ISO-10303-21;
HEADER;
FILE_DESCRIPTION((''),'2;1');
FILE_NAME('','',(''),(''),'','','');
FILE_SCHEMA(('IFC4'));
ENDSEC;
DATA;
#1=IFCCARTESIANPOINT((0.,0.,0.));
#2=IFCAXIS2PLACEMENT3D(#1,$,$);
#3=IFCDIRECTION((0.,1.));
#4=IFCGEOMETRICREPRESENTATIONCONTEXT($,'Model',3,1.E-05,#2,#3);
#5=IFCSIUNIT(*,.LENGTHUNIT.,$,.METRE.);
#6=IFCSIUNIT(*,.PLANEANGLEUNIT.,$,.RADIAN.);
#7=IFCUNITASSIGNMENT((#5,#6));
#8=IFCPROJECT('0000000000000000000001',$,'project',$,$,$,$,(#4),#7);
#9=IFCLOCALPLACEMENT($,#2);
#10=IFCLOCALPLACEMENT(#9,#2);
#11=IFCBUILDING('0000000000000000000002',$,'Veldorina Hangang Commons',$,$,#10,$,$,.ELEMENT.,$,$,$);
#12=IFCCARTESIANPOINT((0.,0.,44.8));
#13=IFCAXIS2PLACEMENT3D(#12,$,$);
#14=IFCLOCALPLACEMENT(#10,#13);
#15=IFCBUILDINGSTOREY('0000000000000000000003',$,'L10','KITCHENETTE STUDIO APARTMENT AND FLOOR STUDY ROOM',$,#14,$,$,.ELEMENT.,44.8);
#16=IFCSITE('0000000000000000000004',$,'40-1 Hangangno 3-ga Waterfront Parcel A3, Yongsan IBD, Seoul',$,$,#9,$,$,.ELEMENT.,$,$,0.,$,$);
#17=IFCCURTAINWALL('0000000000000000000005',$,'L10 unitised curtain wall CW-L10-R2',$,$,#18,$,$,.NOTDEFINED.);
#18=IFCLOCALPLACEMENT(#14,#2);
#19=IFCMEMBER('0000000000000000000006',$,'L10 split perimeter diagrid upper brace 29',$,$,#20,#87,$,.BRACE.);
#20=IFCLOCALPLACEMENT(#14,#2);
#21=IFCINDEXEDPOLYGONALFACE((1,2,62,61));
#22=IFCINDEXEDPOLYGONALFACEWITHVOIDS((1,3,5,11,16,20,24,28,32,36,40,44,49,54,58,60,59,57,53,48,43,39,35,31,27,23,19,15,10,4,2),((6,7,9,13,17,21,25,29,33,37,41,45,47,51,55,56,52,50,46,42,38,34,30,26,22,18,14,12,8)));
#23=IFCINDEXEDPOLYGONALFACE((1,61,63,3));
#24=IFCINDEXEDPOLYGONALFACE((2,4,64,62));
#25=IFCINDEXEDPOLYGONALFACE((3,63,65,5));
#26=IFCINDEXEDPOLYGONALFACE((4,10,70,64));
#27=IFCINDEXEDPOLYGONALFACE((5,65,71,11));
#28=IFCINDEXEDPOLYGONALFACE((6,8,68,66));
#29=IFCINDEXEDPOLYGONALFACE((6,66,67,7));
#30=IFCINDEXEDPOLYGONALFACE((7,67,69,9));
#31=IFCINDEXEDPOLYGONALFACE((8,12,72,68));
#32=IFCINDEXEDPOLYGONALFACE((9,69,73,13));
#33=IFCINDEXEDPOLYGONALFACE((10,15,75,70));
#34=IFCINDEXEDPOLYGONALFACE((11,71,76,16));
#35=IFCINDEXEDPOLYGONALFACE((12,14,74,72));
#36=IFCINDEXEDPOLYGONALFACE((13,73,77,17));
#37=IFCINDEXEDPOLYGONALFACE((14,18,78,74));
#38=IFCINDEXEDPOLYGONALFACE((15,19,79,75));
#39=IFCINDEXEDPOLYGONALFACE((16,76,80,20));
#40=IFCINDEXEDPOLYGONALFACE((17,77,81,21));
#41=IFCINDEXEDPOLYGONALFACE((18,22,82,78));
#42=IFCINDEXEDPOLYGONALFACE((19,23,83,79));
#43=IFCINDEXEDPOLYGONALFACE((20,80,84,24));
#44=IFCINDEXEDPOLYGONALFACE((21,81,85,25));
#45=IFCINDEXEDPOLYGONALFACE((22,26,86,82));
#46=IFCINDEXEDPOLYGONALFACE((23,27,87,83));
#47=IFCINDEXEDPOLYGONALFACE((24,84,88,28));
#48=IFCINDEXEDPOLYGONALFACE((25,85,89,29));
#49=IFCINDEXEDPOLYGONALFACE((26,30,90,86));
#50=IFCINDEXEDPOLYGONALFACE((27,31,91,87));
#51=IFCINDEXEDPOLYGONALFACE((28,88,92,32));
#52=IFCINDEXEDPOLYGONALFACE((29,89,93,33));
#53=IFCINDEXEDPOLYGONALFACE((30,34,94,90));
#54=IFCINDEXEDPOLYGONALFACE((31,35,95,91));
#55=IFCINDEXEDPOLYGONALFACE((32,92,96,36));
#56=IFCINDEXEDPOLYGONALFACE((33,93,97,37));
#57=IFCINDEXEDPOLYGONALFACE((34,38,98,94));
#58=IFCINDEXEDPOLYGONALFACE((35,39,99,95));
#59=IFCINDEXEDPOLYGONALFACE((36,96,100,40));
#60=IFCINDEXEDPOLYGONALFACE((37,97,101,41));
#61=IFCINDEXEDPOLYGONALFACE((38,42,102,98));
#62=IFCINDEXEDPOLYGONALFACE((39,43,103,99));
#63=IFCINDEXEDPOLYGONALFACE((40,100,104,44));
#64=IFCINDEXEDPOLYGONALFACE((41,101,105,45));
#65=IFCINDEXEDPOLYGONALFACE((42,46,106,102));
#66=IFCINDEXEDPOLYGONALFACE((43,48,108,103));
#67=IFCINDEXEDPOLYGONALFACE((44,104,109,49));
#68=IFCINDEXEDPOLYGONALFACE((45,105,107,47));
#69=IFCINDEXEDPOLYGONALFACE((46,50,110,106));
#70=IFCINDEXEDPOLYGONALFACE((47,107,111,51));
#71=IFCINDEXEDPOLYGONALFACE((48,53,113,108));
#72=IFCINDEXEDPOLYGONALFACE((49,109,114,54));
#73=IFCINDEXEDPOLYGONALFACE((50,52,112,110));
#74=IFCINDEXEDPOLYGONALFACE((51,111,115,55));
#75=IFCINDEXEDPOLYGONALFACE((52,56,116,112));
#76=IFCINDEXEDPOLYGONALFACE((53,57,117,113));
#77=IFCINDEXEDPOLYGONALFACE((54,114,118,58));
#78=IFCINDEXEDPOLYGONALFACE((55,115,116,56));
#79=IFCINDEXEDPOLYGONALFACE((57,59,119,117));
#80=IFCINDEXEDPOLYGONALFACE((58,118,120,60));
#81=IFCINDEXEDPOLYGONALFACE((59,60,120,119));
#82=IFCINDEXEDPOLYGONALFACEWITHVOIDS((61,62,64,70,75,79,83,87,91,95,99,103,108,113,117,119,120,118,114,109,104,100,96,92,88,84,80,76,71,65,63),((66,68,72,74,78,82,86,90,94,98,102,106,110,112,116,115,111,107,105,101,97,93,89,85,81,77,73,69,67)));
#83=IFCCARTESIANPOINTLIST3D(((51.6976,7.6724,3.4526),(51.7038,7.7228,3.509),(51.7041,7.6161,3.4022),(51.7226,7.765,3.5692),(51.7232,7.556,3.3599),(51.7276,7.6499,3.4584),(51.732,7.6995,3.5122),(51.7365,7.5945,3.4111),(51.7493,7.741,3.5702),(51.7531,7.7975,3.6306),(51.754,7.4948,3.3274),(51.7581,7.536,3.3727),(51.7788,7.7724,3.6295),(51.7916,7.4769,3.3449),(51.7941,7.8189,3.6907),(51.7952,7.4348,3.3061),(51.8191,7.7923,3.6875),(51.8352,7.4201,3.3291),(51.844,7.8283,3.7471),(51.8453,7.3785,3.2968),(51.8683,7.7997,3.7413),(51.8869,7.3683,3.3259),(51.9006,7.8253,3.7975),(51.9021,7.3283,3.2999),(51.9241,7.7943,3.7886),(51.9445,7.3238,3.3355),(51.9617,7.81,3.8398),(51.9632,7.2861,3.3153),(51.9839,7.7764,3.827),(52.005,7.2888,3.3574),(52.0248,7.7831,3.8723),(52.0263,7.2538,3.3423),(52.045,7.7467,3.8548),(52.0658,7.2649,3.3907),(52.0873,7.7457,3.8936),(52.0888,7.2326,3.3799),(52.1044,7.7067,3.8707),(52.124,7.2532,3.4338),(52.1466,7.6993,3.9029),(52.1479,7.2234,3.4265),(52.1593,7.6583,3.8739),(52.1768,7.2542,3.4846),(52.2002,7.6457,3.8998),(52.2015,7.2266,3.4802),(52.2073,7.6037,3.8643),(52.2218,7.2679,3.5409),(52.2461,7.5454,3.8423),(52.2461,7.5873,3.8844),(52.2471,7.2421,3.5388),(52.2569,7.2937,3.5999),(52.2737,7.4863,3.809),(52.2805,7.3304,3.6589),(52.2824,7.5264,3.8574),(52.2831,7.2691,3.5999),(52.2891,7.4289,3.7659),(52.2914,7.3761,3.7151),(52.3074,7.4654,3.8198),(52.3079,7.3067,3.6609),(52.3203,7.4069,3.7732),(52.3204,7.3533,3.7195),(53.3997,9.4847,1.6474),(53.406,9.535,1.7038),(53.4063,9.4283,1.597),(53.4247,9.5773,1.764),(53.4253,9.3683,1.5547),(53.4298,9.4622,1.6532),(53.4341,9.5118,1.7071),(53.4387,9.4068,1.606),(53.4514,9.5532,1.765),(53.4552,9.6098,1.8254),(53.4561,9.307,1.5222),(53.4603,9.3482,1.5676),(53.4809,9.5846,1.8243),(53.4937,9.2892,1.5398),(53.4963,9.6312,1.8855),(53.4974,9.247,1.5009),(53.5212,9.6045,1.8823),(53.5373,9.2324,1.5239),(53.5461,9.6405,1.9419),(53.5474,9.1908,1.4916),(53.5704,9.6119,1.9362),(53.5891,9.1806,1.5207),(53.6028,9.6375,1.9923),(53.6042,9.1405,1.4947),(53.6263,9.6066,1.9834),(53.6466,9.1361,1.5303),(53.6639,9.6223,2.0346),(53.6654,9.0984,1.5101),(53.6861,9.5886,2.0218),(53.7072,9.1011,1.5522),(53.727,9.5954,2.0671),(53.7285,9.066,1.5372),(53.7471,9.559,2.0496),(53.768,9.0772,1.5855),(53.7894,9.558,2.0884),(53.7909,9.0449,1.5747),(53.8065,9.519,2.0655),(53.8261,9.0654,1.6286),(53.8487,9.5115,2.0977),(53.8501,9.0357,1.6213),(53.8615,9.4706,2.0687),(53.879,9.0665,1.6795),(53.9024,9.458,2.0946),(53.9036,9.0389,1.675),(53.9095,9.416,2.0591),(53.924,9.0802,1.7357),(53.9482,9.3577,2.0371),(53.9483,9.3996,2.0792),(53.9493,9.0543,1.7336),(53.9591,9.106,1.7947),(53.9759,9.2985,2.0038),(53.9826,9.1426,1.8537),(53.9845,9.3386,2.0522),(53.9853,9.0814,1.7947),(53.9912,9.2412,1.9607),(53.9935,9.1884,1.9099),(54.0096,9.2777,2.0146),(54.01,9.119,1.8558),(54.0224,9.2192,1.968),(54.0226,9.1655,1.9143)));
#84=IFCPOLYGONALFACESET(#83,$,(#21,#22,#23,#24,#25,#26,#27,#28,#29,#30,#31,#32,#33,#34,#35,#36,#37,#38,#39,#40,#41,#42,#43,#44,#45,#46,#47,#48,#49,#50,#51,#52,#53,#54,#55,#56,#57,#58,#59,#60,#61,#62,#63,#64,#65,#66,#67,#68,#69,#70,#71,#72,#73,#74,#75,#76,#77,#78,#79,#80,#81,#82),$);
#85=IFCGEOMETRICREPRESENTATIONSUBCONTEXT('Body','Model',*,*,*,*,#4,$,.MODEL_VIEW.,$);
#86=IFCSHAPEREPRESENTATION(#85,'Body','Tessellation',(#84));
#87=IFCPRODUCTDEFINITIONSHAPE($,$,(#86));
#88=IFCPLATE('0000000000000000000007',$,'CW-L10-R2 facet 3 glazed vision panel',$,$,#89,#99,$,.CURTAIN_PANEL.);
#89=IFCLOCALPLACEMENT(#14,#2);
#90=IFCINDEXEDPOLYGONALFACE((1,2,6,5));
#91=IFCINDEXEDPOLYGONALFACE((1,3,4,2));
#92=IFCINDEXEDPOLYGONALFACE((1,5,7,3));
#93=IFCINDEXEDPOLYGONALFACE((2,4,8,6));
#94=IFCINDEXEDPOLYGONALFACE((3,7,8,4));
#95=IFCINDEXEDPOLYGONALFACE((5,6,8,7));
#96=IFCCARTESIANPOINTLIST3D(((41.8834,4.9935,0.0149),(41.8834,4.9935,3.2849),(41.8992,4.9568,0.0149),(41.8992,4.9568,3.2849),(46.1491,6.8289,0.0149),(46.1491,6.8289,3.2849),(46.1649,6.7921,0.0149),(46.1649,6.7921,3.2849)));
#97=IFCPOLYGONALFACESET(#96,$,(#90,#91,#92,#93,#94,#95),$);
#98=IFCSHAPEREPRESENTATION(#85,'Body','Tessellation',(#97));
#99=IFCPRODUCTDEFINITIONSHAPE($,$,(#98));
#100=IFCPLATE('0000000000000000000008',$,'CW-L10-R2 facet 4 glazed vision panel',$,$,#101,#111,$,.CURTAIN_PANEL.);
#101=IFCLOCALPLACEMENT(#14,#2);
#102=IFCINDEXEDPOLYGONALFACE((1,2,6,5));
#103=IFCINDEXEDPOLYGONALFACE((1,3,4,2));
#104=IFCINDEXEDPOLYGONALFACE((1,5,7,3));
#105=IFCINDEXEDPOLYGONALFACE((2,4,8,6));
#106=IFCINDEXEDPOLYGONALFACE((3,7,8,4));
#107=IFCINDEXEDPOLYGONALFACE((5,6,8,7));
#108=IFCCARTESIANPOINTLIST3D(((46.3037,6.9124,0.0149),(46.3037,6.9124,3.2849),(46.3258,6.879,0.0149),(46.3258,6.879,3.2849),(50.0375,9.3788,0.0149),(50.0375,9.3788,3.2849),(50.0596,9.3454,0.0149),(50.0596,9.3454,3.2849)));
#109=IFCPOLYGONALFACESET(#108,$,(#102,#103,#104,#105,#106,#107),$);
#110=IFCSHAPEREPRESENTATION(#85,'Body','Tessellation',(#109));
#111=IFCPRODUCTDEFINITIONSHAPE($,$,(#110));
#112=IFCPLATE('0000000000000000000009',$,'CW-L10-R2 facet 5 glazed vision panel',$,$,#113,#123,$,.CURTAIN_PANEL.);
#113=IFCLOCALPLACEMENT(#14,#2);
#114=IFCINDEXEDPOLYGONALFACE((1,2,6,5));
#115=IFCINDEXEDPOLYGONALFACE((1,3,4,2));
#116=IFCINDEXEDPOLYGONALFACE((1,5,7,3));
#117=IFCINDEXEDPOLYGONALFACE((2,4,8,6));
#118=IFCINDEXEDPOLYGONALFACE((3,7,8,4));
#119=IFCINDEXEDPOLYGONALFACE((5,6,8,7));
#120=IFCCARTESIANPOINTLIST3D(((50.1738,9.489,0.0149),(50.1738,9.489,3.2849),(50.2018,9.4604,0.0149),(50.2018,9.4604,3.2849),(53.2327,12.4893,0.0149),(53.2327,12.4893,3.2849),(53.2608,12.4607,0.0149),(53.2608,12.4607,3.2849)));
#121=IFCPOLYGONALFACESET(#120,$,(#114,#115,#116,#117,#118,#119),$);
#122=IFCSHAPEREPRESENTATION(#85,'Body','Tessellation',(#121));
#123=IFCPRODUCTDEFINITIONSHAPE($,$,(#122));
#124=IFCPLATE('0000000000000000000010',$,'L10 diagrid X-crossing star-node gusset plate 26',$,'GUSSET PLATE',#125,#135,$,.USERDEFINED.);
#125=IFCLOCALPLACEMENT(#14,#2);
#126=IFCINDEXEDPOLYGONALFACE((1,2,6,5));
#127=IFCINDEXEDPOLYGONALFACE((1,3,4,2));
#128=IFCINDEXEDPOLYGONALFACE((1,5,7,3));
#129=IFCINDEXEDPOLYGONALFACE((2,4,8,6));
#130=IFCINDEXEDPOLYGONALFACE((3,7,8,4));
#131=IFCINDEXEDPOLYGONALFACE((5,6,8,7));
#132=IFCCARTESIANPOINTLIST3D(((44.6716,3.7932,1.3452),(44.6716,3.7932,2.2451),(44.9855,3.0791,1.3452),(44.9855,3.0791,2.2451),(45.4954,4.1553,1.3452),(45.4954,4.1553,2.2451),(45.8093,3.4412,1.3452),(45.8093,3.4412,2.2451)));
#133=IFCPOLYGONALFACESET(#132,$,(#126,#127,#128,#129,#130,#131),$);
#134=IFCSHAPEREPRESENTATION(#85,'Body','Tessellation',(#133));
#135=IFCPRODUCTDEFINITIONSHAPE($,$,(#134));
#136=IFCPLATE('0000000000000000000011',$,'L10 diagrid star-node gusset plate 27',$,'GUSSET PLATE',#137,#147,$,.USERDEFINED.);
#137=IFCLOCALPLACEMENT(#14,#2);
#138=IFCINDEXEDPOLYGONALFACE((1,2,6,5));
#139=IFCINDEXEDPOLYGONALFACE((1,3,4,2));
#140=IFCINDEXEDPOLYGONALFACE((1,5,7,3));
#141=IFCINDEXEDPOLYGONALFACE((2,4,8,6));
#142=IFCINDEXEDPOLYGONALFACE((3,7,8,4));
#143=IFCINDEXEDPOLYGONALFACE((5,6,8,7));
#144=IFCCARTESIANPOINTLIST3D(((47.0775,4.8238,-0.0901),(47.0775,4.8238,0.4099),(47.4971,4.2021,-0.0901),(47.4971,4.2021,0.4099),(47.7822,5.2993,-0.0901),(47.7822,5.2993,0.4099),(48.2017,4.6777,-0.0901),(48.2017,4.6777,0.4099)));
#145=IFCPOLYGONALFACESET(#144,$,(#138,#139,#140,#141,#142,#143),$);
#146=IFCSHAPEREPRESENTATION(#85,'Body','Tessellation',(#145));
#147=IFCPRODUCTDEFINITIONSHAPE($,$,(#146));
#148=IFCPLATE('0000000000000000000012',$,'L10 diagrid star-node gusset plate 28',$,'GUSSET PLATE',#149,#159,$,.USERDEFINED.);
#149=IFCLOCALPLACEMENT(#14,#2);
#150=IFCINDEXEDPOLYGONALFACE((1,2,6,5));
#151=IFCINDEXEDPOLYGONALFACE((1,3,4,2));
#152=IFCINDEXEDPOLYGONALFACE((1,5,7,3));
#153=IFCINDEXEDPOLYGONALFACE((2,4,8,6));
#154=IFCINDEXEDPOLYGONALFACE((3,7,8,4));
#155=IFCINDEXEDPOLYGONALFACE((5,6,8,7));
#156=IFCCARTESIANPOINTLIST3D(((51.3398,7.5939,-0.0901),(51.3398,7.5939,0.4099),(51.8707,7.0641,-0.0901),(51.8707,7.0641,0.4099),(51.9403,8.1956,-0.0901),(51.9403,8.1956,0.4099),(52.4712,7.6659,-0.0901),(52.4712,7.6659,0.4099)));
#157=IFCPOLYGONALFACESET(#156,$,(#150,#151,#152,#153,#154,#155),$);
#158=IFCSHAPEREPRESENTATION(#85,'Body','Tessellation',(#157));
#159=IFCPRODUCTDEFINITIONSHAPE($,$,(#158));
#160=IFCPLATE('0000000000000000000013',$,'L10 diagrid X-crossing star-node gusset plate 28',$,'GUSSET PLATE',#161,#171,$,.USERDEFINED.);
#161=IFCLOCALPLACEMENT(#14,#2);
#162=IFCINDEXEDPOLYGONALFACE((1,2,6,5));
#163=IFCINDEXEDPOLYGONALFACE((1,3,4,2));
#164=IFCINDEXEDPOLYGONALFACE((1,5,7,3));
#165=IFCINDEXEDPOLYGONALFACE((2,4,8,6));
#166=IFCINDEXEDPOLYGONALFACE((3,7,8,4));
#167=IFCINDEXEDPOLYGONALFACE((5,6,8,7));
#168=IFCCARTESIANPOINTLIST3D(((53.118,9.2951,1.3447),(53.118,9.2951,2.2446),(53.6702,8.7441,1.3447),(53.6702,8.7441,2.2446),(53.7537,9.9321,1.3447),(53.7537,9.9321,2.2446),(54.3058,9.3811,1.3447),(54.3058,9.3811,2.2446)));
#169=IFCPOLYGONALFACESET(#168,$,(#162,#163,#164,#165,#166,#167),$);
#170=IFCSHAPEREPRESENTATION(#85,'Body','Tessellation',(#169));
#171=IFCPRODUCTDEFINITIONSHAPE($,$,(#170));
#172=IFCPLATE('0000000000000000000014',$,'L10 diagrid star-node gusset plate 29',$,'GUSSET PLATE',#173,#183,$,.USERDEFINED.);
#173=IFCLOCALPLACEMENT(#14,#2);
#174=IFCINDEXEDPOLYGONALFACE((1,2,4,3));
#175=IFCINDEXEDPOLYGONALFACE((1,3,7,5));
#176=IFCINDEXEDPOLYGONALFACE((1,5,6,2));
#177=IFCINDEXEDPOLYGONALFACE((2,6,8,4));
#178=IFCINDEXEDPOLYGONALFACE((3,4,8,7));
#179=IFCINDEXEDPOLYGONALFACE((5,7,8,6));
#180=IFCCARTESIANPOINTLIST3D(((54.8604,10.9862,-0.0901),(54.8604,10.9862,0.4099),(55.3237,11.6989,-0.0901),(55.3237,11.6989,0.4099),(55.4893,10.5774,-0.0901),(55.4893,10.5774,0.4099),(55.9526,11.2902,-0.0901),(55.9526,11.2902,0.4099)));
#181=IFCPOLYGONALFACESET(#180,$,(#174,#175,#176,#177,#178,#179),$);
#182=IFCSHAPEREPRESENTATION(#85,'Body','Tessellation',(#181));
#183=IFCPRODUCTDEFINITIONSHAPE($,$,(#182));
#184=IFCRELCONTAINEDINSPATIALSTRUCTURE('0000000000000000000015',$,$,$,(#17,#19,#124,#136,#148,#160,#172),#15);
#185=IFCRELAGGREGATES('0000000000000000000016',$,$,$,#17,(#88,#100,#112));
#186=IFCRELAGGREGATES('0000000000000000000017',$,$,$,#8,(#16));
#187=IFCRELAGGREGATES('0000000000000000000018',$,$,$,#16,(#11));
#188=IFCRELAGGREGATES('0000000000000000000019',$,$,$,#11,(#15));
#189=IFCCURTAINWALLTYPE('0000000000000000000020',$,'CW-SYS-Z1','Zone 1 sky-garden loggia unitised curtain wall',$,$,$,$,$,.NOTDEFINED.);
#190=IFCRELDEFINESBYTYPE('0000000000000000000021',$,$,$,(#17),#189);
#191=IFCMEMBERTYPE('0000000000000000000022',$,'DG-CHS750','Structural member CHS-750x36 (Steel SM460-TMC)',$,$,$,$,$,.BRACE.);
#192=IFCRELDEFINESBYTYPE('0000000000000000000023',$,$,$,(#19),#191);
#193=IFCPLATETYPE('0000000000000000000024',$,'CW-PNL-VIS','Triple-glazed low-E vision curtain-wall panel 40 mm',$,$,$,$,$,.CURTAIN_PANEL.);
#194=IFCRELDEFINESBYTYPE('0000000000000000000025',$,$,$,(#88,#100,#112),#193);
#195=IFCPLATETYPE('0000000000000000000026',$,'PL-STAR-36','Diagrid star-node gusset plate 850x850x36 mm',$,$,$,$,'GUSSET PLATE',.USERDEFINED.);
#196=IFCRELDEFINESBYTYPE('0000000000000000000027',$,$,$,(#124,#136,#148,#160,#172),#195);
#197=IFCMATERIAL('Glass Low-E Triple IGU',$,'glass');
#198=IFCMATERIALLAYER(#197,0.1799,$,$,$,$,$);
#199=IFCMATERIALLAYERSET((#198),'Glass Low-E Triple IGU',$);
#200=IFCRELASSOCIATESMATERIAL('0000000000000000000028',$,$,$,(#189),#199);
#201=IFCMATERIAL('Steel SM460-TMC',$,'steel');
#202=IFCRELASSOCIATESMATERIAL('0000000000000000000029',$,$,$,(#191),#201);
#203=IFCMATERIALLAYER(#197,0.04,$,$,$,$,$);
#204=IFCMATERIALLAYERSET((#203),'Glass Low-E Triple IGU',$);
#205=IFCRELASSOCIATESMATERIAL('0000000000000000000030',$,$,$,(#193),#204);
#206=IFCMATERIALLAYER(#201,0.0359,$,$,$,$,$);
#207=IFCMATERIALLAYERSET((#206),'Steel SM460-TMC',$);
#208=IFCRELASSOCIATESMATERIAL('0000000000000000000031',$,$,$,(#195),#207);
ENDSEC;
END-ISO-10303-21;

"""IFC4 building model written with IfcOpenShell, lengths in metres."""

from ifc_helpers import new_model, si_unit, direction, frame, origin, origin_2d, place, context, subcontext, project, spatial, rectangle, hollow_circle, extrude, material, layer, layer_set, material_profile, profile_set, type_object, element, aggregate, save


model = new_model("IFC4")

# Units and contexts
model_context = context("Model", 3, precision=1e-05, world=origin(), true_north=direction((0.0, 1.0)))
body_context = subcontext(model_context, "Body", "Model", "MODEL_VIEW")
ifc_project = project(units=[si_unit("LENGTHUNIT", "METRE"), si_unit("PLANEANGLEUNIT", "RADIAN")], contexts=[model_context])

# Site, building, storey
site_placement = place(None, origin())
site = spatial("IfcSite", under=ifc_project, at=site_placement, Name="40-1 Hangangno 3-ga Waterfront Parcel A3, Yongsan IBD, Seoul", CompositionType="ELEMENT", RefElevation=0.0)
building_placement = place(site_placement, origin())
building = spatial("IfcBuilding", under=site, at=building_placement, Name="Veldorina Hangang Commons", CompositionType="ELEMENT")
storey_placement = place(building_placement, frame((0.0, 0.0, 44.8)))
storey = spatial("IfcBuildingStorey", under=building, at=storey_placement, Name="L10", Description="KITCHENETTE STUDIO APARTMENT AND FLOOR STUDY ROOM", CompositionType="ELEMENT", Elevation=44.8)

# Shared definitions
ifc_material_1 = material(Name="Steel SM460-TMC", Category="steel")

# Curtain wall
ifc_material_2 = material(Name="Glass Low-E Triple IGU", Category="glass")
ifc_layer_1 = layer(ifc_material_2, 0.1799)
ifc_layer_set_1 = layer_set([ifc_layer_1], Name="Glass Low-E Triple IGU")
curtain_wall_type = type_object("IfcCurtainWallType", Name="CW-SYS-Z1", Description="Zone 1 sky-garden loggia unitised curtain wall", PredefinedType="NOTDEFINED", material=ifc_layer_set_1)
curtain_wall_placement = place(storey_placement, origin())
curtain_wall = element("IfcCurtainWall", 1, at=curtain_wall_placement, inside=storey, type_object=curtain_wall_type, Name="L10 unitised curtain wall CW-L10-R2", PredefinedType="NOTDEFINED")

# Member
ifc_material_profile_1 = material_profile(ifc_material_1, hollow_circle(Radius=0.375, WallThickness=0.0359, at=origin_2d()), Name="CHS-750x36")
ifc_profile_set_1 = profile_set([ifc_material_profile_1], Name="Steel SM460-TMC")
member_type_1 = type_object("IfcMemberType", Name="DG-CHS750", Description="Structural member CHS-750x36 (Steel SM460-TMC)", PredefinedType="BRACE", material=ifc_profile_set_1)
member_1_placement = place(storey_placement, frame((53.7119, 9.3381, 1.7947), z_axis=(-0.553995, -0.589832, 0.587527), x_axis=(0.728903, -0.684617, 0.0)))
element("IfcMember", 2, at=member_1_placement, inside=storey, type_object=member_type_1, Name="L10 split perimeter diagrid upper brace 29", PredefinedType="BRACE", context=body_context, shape_type="SweptSolid", body=[
    extrude(hollow_circle(Radius=0.375, WallThickness=0.0359, at=origin_2d()), origin(), (0.0, 0.0, 1.0), 3.0725),
])

# Plates
ifc_layer_2 = layer(ifc_material_2, 0.04)
ifc_layer_set_2 = layer_set([ifc_layer_2], Name="Glass Low-E Triple IGU")
plate_type_1 = type_object("IfcPlateType", Name="CW-PNL-VIS", Description="Triple-glazed low-E vision curtain-wall panel 40 mm", PredefinedType="CURTAIN_PANEL", material=ifc_layer_set_2)
plate_1_placement = place(storey_placement, frame((44.0242, 5.8928, 0.0149), z_axis=(0.0, 0.0, 1.0), x_axis=(0.918584, 0.395225, 0.0)))
plate_1 = element("IfcPlate", 3, at=plate_1_placement, type_object=plate_type_1, Name="CW-L10-R2 facet 3 glazed vision panel", PredefinedType="CURTAIN_PANEL", context=body_context, shape_type="SweptSolid", body=[
    extrude(rectangle(XDim=4.6438, YDim=0.04, at=origin_2d()), origin(), (0.0, 0.0, 1.0), 3.27),
])
plate_2_placement = place(storey_placement, frame((48.1816, 8.1289, 0.0149), z_axis=(0.0, 0.0, 1.0), x_axis=(0.834386, 0.55118, 0.0)))
plate_2 = element("IfcPlate", 4, at=plate_2_placement, type_object=plate_type_1, Name="CW-L10-R2 facet 4 glazed vision panel", PredefinedType="CURTAIN_PANEL", context=body_context, shape_type="SweptSolid", body=[
    extrude(rectangle(XDim=4.4749, YDim=0.04, at=origin_2d()), origin(), (0.0, 0.0, 1.0), 3.27),
])
plate_3_placement = place(storey_placement, frame((51.7173, 10.9749, 0.0149), z_axis=(0.0, 0.0, 1.0), x_axis=(0.713923, 0.700224, 0.0)))
plate_3 = element("IfcPlate", 5, at=plate_3_placement, type_object=plate_type_1, Name="CW-L10-R2 facet 5 glazed vision panel", PredefinedType="CURTAIN_PANEL", context=body_context, shape_type="SweptSolid", body=[
    extrude(rectangle(XDim=4.2847, YDim=0.04, at=origin_2d()), origin(), (0.0, 0.0, 1.0), 3.27),
])
aggregate(curtain_wall, [plate_1, plate_2, plate_3])

# Plates
ifc_layer_3 = layer(ifc_material_1, 0.0359)
ifc_layer_set_3 = layer_set([ifc_layer_3], Name="Steel SM460-TMC")
plate_type_2 = type_object("IfcPlateType", Name="PL-STAR-36", Description="Diagrid star-node gusset plate 850x850x36 mm", ElementType="GUSSET PLATE", PredefinedType="USERDEFINED", material=ifc_layer_set_3)
plate_4_placement = place(storey_placement, frame((45.2405, 3.6172, 1.3452), z_axis=(0.0, 0.0, 1.0), x_axis=(0.915459, 0.402411, 0.0)))
element("IfcPlate", 6, at=plate_4_placement, inside=storey, type_object=plate_type_2, Name="L10 diagrid X-crossing star-node gusset plate 26", ObjectType="GUSSET PLATE", PredefinedType="USERDEFINED", context=body_context, shape_type="SweptSolid", body=[
    extrude(rectangle(XDim=0.8999, YDim=0.78, at=origin_2d()), origin(), (0.0, 0.0, 1.0), 0.8999),
])
for number, where, z_axis, x_axis, name in (
    (7, (47.6396, 4.7507, -0.0901), (0.0, 0.0, 1.0), (0.828881, 0.559424, 0.0), "L10 diagrid star-node gusset plate 27"),
    (8, (51.9055, 7.6299, -0.0901), (0.0, 0.0, 1.0), (0.706366, 0.707847, 0.0), "L10 diagrid star-node gusset plate 28"),
):
    element("IfcPlate", number, at=place(storey_placement, frame(where, z_axis=z_axis, x_axis=x_axis)), inside=storey, type_object=plate_type_2, Name=name, ObjectType="GUSSET PLATE", PredefinedType="USERDEFINED", context=body_context, shape_type="SweptSolid", body=[
        extrude(rectangle(XDim=0.8501, YDim=0.75, at=origin_2d()), origin(), (0.0, 0.0, 1.0), 0.5),
    ])
plate_5_placement = place(storey_placement, frame((53.7119, 9.3381, 1.3447), z_axis=(0.0, 0.0, 1.0), x_axis=(0.706366, 0.707847, 0.0)))
element("IfcPlate", 9, at=plate_5_placement, inside=storey, type_object=plate_type_2, Name="L10 diagrid X-crossing star-node gusset plate 28", ObjectType="GUSSET PLATE", PredefinedType="USERDEFINED", context=body_context, shape_type="SweptSolid", body=[
    extrude(rectangle(XDim=0.8999, YDim=0.78, at=origin_2d()), origin(), (0.0, 0.0, 1.0), 0.8999),
])
plate_6_placement = place(storey_placement, frame((55.4065, 11.1382, -0.0901), z_axis=(0.0, 0.0, 1.0), x_axis=(0.544961, 0.838461, 0.0)))
element("IfcPlate", 10, at=plate_6_placement, inside=storey, type_object=plate_type_2, Name="L10 diagrid star-node gusset plate 29", ObjectType="GUSSET PLATE", PredefinedType="USERDEFINED", context=body_context, shape_type="SweptSolid", body=[
    extrude(rectangle(XDim=0.8501, YDim=0.75, at=origin_2d()), origin(), (0.0, 0.0, 1.0), 0.5),
])

save(model, "model.ifc")
